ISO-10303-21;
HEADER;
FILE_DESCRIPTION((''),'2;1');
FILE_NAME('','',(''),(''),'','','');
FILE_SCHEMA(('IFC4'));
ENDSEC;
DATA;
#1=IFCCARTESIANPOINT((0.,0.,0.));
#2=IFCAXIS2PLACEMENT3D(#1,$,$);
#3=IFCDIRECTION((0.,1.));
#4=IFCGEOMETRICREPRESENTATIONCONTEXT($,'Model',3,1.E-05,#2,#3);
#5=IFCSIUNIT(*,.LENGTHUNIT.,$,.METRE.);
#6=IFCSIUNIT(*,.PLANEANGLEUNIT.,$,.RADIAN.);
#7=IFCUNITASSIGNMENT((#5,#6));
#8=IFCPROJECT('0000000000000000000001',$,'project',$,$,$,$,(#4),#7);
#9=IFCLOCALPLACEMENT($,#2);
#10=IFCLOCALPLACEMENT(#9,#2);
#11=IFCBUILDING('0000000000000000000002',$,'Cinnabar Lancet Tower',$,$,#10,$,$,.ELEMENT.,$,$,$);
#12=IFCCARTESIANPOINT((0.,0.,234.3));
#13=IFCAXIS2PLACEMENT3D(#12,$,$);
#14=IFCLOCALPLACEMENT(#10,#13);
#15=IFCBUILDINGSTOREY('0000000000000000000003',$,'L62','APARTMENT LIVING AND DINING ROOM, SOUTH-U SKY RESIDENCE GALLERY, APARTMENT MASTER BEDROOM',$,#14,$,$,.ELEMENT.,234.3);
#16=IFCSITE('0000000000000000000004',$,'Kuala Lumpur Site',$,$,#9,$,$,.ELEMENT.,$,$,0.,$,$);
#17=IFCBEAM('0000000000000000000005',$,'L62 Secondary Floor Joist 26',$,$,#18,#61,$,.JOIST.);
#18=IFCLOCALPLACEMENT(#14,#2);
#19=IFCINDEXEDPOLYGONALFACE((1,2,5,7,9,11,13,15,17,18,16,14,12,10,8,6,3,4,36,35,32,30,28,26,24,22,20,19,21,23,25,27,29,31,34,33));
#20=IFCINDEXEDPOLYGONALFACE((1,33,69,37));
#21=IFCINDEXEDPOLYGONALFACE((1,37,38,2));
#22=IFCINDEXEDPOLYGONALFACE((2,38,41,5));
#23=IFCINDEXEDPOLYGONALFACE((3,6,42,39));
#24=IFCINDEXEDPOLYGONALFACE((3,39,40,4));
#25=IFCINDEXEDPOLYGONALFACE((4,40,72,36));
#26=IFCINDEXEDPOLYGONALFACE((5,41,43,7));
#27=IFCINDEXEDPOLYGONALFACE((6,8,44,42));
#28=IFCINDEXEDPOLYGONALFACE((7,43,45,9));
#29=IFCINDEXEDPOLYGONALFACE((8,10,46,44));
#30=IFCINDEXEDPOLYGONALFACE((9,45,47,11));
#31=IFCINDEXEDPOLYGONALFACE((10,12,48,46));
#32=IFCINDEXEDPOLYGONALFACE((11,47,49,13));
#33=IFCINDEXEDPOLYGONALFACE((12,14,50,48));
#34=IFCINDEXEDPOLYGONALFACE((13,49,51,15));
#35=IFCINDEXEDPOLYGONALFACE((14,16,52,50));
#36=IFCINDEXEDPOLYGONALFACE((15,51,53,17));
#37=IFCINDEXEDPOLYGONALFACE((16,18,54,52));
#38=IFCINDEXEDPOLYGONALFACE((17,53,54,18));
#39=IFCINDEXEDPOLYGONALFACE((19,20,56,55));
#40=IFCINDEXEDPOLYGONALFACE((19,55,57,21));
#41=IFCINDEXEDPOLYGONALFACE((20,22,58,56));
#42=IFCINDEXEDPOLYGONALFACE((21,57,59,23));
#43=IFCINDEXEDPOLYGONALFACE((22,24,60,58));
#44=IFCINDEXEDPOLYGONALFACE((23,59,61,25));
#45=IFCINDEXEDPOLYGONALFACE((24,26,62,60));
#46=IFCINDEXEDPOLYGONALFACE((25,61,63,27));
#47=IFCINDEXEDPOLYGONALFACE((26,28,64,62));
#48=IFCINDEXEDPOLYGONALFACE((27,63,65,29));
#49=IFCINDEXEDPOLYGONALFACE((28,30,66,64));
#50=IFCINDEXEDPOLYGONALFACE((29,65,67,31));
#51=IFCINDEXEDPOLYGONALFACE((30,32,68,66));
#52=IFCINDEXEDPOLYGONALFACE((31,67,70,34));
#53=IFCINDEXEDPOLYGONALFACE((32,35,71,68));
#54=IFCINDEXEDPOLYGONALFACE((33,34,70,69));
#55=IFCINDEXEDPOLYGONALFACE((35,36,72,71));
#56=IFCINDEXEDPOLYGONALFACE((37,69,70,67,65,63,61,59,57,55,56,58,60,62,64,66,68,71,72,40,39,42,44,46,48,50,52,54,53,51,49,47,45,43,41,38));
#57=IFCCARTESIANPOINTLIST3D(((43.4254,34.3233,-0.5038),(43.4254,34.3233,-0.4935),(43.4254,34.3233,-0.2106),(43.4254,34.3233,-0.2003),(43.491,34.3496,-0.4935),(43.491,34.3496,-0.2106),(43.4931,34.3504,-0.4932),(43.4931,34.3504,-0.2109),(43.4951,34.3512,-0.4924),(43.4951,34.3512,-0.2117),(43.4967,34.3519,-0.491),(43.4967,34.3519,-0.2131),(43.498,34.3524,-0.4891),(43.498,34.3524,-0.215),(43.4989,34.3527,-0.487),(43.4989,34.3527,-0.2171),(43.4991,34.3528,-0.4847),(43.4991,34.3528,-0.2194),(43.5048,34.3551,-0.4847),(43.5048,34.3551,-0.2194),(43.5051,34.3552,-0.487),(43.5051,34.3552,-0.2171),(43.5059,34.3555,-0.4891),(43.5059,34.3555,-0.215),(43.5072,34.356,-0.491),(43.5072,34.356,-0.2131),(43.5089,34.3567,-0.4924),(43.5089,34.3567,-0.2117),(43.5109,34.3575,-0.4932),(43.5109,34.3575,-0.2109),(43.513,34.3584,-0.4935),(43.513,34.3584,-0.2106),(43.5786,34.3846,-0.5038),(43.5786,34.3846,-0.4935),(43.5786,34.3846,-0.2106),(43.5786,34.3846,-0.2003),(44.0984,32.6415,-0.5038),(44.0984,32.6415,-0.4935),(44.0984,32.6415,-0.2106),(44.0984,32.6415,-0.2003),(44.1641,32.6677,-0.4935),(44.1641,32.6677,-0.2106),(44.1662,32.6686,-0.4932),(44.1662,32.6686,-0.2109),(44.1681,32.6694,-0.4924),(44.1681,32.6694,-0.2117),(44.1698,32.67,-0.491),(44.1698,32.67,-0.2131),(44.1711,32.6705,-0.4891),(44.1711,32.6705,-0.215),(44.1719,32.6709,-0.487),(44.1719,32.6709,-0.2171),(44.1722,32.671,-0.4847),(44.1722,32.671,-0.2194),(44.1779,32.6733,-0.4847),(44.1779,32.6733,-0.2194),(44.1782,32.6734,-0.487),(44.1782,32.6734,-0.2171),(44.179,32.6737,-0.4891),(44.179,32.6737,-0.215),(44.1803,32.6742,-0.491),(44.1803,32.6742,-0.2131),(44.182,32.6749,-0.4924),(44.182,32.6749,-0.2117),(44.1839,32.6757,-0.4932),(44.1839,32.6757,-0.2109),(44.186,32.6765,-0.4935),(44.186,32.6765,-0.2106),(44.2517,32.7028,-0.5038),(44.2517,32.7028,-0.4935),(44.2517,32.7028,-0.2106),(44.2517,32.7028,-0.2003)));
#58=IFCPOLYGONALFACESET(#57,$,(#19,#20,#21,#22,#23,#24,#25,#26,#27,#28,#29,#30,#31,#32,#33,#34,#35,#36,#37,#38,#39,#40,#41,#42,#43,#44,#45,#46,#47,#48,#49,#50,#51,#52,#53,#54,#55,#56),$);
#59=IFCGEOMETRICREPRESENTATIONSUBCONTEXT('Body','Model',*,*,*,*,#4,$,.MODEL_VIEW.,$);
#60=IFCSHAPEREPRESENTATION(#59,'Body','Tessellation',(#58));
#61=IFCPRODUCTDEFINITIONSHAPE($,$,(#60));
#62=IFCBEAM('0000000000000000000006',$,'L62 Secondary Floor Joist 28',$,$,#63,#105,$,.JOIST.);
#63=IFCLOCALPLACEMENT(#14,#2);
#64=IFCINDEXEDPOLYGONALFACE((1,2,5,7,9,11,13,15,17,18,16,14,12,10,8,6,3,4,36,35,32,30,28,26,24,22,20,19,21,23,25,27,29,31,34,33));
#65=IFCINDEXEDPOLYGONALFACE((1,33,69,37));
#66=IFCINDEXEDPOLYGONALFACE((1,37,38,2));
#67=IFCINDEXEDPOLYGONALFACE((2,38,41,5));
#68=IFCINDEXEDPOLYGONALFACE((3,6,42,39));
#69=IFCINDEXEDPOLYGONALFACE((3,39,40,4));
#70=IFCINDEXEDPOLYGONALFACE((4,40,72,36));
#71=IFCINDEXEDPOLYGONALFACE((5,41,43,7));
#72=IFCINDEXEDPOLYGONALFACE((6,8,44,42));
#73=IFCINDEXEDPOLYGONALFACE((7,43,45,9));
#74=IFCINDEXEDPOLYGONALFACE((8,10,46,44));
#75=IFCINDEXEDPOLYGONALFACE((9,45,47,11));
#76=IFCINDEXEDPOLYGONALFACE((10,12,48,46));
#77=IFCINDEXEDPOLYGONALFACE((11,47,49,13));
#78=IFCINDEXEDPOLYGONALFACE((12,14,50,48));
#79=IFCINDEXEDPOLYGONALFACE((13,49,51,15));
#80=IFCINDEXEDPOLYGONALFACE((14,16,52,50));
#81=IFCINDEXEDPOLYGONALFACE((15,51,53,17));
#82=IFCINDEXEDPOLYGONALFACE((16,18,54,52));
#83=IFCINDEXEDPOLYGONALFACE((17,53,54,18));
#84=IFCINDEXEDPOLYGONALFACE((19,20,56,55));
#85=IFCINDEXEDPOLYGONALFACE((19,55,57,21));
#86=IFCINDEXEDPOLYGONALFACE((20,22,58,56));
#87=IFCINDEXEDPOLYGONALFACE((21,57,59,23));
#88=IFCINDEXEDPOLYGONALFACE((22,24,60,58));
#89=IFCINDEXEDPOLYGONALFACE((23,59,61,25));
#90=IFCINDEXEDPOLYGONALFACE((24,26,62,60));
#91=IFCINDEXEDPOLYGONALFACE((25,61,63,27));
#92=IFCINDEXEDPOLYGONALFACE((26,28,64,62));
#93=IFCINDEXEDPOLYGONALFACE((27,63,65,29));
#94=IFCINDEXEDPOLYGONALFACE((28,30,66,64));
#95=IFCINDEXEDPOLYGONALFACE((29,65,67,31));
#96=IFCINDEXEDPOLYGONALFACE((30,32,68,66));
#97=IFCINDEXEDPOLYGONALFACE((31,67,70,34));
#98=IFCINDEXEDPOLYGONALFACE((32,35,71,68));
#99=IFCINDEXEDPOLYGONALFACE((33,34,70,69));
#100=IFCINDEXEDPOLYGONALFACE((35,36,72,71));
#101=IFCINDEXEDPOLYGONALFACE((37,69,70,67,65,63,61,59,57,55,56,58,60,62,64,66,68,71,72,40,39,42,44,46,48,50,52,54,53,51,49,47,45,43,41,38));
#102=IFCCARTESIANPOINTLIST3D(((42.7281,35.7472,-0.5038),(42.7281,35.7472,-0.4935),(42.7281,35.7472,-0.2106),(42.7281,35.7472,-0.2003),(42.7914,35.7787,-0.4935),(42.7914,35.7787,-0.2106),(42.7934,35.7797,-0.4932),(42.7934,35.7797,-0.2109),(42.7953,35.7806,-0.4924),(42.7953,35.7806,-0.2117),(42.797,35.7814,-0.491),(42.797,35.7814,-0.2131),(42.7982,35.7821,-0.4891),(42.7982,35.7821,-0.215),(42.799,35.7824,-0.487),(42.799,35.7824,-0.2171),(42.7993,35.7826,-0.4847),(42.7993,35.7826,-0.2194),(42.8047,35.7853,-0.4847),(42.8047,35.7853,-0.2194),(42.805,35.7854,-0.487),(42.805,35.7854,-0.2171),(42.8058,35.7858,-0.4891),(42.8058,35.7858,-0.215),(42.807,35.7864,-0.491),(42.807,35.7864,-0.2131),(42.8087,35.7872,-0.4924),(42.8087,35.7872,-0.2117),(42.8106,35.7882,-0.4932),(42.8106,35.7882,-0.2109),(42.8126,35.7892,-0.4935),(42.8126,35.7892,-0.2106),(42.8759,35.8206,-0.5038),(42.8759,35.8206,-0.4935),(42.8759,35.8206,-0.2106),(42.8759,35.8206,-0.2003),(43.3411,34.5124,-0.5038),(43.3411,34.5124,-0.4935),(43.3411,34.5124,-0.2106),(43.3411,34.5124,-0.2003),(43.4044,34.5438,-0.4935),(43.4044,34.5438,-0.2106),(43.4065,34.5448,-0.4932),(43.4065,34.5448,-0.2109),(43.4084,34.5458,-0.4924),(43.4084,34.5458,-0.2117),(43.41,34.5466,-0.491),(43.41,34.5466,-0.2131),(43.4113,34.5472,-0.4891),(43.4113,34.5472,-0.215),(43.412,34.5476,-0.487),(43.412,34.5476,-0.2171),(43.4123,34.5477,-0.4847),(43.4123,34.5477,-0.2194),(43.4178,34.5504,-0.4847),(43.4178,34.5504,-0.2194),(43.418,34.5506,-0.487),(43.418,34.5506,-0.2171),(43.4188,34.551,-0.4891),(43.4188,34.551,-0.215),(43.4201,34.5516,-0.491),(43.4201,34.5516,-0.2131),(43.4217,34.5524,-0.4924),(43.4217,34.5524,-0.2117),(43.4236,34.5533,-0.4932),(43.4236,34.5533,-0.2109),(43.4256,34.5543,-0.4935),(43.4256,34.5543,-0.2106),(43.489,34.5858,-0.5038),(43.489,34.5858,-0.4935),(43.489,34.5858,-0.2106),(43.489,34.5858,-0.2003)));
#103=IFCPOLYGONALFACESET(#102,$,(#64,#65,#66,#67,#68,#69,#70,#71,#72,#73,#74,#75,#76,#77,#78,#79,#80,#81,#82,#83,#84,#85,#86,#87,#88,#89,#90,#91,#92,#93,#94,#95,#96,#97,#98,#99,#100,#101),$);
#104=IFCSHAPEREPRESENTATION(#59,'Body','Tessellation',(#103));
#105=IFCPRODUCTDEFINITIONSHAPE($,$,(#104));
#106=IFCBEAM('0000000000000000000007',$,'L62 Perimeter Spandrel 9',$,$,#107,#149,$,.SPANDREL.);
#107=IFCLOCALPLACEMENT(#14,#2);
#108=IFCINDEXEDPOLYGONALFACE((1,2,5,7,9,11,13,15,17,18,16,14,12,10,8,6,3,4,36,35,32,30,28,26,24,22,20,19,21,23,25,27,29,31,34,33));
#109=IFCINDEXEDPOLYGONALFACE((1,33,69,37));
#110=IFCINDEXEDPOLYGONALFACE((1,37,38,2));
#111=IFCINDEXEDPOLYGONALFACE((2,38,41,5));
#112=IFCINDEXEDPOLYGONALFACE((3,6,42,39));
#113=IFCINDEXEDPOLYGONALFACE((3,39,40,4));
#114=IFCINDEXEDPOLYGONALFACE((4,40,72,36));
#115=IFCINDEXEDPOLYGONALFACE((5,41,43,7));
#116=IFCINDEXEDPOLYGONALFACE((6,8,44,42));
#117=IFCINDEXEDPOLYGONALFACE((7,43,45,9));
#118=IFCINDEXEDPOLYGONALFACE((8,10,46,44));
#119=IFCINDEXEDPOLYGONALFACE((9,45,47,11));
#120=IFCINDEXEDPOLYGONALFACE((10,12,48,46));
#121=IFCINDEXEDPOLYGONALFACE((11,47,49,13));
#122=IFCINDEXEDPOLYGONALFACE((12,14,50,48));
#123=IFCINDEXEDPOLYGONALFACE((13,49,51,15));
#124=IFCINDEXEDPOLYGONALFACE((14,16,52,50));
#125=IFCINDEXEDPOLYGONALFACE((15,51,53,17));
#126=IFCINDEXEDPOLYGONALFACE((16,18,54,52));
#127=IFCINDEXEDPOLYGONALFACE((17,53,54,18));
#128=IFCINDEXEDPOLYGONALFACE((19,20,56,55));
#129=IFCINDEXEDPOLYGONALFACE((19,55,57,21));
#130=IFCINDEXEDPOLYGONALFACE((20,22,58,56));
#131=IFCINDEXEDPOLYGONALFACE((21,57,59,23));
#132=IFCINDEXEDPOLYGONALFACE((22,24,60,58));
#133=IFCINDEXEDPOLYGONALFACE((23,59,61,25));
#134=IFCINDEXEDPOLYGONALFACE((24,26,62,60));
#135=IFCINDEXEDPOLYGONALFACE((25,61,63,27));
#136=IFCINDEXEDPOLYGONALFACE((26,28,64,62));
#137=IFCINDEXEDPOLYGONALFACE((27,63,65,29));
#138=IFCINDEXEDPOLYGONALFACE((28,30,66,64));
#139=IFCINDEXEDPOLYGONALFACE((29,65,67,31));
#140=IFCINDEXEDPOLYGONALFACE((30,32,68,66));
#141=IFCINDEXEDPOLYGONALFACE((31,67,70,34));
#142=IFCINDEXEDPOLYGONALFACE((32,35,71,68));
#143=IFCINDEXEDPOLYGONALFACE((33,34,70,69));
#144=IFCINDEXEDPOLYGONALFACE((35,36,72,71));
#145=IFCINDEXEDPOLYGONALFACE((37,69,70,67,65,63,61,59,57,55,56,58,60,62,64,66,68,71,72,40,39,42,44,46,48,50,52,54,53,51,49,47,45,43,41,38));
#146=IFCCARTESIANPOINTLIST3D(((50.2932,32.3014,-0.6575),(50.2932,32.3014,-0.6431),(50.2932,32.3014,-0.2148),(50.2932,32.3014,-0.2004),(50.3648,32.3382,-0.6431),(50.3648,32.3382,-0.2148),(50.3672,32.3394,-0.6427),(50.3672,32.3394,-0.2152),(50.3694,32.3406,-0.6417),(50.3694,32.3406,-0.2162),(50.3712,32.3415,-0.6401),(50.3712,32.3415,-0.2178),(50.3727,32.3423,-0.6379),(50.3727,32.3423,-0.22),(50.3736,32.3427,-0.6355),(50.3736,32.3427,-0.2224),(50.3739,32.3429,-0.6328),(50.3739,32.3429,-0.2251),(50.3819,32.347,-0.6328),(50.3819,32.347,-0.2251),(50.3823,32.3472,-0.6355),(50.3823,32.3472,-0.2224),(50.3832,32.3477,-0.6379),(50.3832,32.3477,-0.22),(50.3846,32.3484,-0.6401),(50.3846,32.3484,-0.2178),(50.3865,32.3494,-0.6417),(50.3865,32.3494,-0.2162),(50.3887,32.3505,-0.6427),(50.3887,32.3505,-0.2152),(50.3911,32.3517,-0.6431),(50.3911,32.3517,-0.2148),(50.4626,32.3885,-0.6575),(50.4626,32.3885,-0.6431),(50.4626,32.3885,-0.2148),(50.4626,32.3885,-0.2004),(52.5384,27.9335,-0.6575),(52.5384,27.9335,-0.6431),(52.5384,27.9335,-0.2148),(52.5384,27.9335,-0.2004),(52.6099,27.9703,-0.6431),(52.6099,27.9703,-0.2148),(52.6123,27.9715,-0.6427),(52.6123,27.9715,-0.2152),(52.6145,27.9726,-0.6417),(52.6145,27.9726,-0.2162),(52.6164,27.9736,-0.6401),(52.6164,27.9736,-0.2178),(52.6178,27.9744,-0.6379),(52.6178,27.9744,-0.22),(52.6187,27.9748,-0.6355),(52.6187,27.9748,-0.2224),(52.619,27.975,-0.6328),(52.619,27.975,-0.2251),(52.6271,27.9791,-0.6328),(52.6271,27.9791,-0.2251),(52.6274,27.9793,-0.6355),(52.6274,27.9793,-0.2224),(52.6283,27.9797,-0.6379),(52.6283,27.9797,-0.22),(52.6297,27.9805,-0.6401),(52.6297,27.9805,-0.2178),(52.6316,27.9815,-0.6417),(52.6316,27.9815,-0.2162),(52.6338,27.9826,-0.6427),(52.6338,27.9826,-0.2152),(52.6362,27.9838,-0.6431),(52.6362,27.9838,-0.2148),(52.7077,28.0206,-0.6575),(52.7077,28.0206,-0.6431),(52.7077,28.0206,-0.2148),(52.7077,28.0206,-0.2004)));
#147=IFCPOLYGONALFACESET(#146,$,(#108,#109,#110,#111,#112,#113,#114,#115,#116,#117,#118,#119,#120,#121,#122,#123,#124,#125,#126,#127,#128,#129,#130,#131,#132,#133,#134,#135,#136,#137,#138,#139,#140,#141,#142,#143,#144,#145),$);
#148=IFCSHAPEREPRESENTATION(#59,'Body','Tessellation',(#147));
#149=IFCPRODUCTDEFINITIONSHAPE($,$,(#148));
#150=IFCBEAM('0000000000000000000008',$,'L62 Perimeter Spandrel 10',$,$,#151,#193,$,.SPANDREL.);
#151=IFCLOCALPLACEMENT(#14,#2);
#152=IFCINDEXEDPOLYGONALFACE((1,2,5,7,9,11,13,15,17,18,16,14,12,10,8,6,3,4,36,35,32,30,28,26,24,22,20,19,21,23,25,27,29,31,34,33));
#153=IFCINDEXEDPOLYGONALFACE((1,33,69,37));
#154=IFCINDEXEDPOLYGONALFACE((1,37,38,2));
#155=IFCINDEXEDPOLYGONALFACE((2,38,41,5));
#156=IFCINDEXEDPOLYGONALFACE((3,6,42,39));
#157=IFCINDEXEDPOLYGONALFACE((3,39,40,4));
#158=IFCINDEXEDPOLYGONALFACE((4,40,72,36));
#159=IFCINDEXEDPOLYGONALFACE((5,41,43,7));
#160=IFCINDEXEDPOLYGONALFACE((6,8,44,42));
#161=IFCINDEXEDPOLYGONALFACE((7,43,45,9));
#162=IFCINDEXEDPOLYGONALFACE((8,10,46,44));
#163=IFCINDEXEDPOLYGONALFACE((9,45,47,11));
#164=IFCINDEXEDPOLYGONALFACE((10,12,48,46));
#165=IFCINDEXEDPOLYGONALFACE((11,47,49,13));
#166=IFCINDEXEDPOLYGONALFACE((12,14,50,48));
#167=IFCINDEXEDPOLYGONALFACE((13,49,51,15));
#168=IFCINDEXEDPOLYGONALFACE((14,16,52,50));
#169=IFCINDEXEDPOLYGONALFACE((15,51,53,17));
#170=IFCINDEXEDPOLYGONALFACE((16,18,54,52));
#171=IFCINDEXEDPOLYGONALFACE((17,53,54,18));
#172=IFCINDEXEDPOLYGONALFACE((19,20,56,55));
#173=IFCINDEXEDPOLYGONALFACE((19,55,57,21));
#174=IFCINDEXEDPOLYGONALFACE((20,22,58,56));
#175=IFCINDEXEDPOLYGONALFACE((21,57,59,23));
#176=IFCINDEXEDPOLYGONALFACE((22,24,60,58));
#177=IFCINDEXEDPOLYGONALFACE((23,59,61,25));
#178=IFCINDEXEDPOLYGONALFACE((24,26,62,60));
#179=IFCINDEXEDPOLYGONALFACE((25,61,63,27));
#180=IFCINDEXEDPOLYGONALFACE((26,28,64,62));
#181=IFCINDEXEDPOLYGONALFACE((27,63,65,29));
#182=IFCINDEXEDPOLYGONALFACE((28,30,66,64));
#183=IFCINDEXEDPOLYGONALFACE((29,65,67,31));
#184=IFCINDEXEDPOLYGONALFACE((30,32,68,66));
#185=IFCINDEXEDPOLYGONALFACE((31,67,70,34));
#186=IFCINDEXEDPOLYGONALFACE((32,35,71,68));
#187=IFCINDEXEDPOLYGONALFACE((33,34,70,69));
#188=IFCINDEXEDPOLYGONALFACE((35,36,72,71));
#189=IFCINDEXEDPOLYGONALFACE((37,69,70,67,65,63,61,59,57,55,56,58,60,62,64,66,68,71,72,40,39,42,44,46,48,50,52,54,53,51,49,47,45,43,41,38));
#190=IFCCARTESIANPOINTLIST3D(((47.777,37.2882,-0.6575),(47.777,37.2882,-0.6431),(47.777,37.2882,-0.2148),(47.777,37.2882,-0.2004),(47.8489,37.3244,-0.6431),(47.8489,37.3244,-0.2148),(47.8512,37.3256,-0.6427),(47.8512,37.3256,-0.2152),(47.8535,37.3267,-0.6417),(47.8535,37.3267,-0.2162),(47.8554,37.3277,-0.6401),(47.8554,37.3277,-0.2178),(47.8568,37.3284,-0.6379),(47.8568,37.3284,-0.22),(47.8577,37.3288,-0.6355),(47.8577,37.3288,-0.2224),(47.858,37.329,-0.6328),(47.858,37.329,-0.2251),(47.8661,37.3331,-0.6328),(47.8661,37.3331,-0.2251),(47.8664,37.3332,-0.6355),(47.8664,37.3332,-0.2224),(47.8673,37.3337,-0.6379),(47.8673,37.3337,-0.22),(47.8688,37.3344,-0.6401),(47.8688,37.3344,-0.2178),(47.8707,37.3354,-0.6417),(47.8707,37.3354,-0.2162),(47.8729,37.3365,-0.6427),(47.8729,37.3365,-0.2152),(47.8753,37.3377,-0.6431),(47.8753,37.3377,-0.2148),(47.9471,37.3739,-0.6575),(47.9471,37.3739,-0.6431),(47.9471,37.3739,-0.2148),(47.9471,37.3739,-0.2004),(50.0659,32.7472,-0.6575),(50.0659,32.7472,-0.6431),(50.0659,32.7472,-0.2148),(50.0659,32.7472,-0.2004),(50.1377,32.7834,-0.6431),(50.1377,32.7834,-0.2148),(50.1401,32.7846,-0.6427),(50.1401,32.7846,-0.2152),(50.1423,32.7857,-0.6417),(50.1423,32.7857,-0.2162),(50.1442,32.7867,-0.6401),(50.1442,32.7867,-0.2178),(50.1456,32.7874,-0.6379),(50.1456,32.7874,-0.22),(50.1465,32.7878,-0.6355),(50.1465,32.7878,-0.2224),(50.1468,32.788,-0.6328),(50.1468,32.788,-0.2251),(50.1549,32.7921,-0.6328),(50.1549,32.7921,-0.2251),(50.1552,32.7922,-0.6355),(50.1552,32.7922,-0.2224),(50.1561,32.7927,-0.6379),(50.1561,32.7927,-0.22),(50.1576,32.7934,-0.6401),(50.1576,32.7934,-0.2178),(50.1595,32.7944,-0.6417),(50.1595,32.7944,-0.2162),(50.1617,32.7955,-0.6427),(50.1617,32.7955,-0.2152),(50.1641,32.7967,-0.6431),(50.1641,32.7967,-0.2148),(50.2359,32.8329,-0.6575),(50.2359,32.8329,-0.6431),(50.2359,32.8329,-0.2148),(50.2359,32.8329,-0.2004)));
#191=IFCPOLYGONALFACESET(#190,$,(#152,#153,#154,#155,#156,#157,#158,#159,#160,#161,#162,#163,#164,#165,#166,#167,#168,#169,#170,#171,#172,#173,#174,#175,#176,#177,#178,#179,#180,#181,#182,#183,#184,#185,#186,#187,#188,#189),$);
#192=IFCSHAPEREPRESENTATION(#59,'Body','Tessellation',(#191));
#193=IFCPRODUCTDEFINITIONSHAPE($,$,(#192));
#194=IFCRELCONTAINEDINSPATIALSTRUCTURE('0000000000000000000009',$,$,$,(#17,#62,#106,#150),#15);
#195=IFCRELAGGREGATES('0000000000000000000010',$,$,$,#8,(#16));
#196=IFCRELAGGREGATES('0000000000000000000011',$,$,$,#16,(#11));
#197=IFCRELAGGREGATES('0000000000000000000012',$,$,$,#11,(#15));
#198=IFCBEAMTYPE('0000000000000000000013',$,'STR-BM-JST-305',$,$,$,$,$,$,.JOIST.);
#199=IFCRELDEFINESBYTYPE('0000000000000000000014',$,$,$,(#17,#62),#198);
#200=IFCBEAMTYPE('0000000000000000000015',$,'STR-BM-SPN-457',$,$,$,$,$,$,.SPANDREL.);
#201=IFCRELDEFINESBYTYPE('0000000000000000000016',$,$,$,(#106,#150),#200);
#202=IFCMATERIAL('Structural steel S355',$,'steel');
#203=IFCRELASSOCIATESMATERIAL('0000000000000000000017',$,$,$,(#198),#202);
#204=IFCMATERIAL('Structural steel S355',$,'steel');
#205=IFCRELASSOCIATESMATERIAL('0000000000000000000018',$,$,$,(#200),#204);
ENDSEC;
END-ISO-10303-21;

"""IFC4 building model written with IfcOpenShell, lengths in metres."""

from ifc_helpers import new_model, si_unit, direction, frame, origin, origin_2d, place, context, subcontext, project, spatial, i_section, extrude, material, material_profile, profile_set, type_object, element, save


model = new_model("IFC4")

# Units and contexts
model_context = context("Model", 3, precision=1e-05, world=origin(), true_north=direction((0.0, 1.0)))
body_context = subcontext(model_context, "Body", "Model", "MODEL_VIEW")
ifc_project = project(units=[si_unit("LENGTHUNIT", "METRE"), si_unit("PLANEANGLEUNIT", "RADIAN")], contexts=[model_context])

# Site, building, storey
site_placement = place(None, origin())
site = spatial("IfcSite", under=ifc_project, at=site_placement, Name="Kuala Lumpur Site", CompositionType="ELEMENT", RefElevation=0.0)
building_placement = place(site_placement, origin())
building = spatial("IfcBuilding", under=site, at=building_placement, Name="Cinnabar Lancet Tower", CompositionType="ELEMENT")
storey_placement = place(building_placement, frame((0.0, 0.0, 234.3)))
storey = spatial("IfcBuildingStorey", under=building, at=storey_placement, Name="L62", Description="APARTMENT LIVING AND DINING ROOM, SOUTH-U SKY RESIDENCE GALLERY, APARTMENT MASTER BEDROOM", CompositionType="ELEMENT", Elevation=234.3)

# Beams
ifc_material_1 = material(Name="Structural steel S355", Category="steel")
ifc_material_profile_1 = material_profile(ifc_material_1, i_section(OverallWidth=0.165, OverallDepth=0.3035, WebThickness=0.0061, FlangeThickness=0.0103, FilletRadius=0.0088, at=origin_2d()), Name="UKB 305x165x40")
ifc_profile_set_1 = profile_set([ifc_material_profile_1], Name="Structural steel S355")
beam_type_1 = type_object("IfcBeamType", Name="STR-BM-JST-305", PredefinedType="JOIST", material=ifc_profile_set_1)
beam_1_placement = place(storey_placement, frame((44.175, 32.6721, -0.3521), z_axis=(-0.371553, 0.928412, 0.0), x_axis=(-0.928412, -0.371553, 0.0)))
element("IfcBeam", 1, at=beam_1_placement, inside=storey, type_object=beam_type_1, Name="L62 Secondary Floor Joist 26", PredefinedType="JOIST", context=body_context, shape_type="SweptSolid", body=[
    extrude(i_section(OverallWidth=0.165, OverallDepth=0.3035, WebThickness=0.0061, FlangeThickness=0.0103, FilletRadius=0.0088, at=origin_2d()), origin(), (0.0, 0.0, 1.0), 1.8115),
])
beam_2_placement = place(storey_placement, frame((43.415, 34.5491, -0.3521), z_axis=(-0.444662, 0.895699, 0.0), x_axis=(-0.895699, -0.444662, 0.0)))
element("IfcBeam", 2, at=beam_2_placement, inside=storey, type_object=beam_type_1, Name="L62 Secondary Floor Joist 28", PredefinedType="JOIST", context=body_context, shape_type="SweptSolid", body=[
    extrude(i_section(OverallWidth=0.165, OverallDepth=0.3035, WebThickness=0.0061, FlangeThickness=0.0103, FilletRadius=0.0088, at=origin_2d()), origin(), (0.0, 0.0, 1.0), 1.3787),
])
ifc_material_2 = material(Name="Structural steel S355", Category="steel")
ifc_material_profile_2 = material_profile(ifc_material_2, i_section(OverallWidth=0.1904, OverallDepth=0.457, WebThickness=0.009, FlangeThickness=0.0144, FilletRadius=0.0103, at=origin_2d()), Name="UKB 457x191x74")
ifc_profile_set_2 = profile_set([ifc_material_profile_2], Name="Structural steel S355")
beam_type_2 = type_object("IfcBeamType", Name="STR-BM-SPN-457", PredefinedType="SPANDREL", material=ifc_profile_set_2)
beam_3_placement = place(storey_placement, frame((52.623, 27.9771, -0.429), z_axis=(-0.457148, 0.889391, 0.0), x_axis=(-0.889391, -0.457148, 0.0)))
element("IfcBeam", 3, at=beam_3_placement, inside=storey, type_object=beam_type_2, Name="L62 Perimeter Spandrel 9", PredefinedType="SPANDREL", context=body_context, shape_type="SweptSolid", body=[
    extrude(i_section(OverallWidth=0.1904, OverallDepth=0.457, WebThickness=0.009, FlangeThickness=0.0144, FilletRadius=0.0103, at=origin_2d()), origin(), (0.0, 0.0, 1.0), 4.9111),
])
beam_4_placement = place(storey_placement, frame((50.1509, 32.79, -0.429), z_axis=(-0.450092, 0.892982, 0.0), x_axis=(-0.892982, -0.450092, 0.0)))
element("IfcBeam", 4, at=beam_4_placement, inside=storey, type_object=beam_type_2, Name="L62 Perimeter Spandrel 10", PredefinedType="SPANDREL", context=body_context, shape_type="SweptSolid", body=[
    extrude(i_section(OverallWidth=0.1904, OverallDepth=0.457, WebThickness=0.009, FlangeThickness=0.0144, FilletRadius=0.0103, at=origin_2d()), origin(), (0.0, 0.0, 1.0), 5.0852),
])

save(model, "model.ifc")
